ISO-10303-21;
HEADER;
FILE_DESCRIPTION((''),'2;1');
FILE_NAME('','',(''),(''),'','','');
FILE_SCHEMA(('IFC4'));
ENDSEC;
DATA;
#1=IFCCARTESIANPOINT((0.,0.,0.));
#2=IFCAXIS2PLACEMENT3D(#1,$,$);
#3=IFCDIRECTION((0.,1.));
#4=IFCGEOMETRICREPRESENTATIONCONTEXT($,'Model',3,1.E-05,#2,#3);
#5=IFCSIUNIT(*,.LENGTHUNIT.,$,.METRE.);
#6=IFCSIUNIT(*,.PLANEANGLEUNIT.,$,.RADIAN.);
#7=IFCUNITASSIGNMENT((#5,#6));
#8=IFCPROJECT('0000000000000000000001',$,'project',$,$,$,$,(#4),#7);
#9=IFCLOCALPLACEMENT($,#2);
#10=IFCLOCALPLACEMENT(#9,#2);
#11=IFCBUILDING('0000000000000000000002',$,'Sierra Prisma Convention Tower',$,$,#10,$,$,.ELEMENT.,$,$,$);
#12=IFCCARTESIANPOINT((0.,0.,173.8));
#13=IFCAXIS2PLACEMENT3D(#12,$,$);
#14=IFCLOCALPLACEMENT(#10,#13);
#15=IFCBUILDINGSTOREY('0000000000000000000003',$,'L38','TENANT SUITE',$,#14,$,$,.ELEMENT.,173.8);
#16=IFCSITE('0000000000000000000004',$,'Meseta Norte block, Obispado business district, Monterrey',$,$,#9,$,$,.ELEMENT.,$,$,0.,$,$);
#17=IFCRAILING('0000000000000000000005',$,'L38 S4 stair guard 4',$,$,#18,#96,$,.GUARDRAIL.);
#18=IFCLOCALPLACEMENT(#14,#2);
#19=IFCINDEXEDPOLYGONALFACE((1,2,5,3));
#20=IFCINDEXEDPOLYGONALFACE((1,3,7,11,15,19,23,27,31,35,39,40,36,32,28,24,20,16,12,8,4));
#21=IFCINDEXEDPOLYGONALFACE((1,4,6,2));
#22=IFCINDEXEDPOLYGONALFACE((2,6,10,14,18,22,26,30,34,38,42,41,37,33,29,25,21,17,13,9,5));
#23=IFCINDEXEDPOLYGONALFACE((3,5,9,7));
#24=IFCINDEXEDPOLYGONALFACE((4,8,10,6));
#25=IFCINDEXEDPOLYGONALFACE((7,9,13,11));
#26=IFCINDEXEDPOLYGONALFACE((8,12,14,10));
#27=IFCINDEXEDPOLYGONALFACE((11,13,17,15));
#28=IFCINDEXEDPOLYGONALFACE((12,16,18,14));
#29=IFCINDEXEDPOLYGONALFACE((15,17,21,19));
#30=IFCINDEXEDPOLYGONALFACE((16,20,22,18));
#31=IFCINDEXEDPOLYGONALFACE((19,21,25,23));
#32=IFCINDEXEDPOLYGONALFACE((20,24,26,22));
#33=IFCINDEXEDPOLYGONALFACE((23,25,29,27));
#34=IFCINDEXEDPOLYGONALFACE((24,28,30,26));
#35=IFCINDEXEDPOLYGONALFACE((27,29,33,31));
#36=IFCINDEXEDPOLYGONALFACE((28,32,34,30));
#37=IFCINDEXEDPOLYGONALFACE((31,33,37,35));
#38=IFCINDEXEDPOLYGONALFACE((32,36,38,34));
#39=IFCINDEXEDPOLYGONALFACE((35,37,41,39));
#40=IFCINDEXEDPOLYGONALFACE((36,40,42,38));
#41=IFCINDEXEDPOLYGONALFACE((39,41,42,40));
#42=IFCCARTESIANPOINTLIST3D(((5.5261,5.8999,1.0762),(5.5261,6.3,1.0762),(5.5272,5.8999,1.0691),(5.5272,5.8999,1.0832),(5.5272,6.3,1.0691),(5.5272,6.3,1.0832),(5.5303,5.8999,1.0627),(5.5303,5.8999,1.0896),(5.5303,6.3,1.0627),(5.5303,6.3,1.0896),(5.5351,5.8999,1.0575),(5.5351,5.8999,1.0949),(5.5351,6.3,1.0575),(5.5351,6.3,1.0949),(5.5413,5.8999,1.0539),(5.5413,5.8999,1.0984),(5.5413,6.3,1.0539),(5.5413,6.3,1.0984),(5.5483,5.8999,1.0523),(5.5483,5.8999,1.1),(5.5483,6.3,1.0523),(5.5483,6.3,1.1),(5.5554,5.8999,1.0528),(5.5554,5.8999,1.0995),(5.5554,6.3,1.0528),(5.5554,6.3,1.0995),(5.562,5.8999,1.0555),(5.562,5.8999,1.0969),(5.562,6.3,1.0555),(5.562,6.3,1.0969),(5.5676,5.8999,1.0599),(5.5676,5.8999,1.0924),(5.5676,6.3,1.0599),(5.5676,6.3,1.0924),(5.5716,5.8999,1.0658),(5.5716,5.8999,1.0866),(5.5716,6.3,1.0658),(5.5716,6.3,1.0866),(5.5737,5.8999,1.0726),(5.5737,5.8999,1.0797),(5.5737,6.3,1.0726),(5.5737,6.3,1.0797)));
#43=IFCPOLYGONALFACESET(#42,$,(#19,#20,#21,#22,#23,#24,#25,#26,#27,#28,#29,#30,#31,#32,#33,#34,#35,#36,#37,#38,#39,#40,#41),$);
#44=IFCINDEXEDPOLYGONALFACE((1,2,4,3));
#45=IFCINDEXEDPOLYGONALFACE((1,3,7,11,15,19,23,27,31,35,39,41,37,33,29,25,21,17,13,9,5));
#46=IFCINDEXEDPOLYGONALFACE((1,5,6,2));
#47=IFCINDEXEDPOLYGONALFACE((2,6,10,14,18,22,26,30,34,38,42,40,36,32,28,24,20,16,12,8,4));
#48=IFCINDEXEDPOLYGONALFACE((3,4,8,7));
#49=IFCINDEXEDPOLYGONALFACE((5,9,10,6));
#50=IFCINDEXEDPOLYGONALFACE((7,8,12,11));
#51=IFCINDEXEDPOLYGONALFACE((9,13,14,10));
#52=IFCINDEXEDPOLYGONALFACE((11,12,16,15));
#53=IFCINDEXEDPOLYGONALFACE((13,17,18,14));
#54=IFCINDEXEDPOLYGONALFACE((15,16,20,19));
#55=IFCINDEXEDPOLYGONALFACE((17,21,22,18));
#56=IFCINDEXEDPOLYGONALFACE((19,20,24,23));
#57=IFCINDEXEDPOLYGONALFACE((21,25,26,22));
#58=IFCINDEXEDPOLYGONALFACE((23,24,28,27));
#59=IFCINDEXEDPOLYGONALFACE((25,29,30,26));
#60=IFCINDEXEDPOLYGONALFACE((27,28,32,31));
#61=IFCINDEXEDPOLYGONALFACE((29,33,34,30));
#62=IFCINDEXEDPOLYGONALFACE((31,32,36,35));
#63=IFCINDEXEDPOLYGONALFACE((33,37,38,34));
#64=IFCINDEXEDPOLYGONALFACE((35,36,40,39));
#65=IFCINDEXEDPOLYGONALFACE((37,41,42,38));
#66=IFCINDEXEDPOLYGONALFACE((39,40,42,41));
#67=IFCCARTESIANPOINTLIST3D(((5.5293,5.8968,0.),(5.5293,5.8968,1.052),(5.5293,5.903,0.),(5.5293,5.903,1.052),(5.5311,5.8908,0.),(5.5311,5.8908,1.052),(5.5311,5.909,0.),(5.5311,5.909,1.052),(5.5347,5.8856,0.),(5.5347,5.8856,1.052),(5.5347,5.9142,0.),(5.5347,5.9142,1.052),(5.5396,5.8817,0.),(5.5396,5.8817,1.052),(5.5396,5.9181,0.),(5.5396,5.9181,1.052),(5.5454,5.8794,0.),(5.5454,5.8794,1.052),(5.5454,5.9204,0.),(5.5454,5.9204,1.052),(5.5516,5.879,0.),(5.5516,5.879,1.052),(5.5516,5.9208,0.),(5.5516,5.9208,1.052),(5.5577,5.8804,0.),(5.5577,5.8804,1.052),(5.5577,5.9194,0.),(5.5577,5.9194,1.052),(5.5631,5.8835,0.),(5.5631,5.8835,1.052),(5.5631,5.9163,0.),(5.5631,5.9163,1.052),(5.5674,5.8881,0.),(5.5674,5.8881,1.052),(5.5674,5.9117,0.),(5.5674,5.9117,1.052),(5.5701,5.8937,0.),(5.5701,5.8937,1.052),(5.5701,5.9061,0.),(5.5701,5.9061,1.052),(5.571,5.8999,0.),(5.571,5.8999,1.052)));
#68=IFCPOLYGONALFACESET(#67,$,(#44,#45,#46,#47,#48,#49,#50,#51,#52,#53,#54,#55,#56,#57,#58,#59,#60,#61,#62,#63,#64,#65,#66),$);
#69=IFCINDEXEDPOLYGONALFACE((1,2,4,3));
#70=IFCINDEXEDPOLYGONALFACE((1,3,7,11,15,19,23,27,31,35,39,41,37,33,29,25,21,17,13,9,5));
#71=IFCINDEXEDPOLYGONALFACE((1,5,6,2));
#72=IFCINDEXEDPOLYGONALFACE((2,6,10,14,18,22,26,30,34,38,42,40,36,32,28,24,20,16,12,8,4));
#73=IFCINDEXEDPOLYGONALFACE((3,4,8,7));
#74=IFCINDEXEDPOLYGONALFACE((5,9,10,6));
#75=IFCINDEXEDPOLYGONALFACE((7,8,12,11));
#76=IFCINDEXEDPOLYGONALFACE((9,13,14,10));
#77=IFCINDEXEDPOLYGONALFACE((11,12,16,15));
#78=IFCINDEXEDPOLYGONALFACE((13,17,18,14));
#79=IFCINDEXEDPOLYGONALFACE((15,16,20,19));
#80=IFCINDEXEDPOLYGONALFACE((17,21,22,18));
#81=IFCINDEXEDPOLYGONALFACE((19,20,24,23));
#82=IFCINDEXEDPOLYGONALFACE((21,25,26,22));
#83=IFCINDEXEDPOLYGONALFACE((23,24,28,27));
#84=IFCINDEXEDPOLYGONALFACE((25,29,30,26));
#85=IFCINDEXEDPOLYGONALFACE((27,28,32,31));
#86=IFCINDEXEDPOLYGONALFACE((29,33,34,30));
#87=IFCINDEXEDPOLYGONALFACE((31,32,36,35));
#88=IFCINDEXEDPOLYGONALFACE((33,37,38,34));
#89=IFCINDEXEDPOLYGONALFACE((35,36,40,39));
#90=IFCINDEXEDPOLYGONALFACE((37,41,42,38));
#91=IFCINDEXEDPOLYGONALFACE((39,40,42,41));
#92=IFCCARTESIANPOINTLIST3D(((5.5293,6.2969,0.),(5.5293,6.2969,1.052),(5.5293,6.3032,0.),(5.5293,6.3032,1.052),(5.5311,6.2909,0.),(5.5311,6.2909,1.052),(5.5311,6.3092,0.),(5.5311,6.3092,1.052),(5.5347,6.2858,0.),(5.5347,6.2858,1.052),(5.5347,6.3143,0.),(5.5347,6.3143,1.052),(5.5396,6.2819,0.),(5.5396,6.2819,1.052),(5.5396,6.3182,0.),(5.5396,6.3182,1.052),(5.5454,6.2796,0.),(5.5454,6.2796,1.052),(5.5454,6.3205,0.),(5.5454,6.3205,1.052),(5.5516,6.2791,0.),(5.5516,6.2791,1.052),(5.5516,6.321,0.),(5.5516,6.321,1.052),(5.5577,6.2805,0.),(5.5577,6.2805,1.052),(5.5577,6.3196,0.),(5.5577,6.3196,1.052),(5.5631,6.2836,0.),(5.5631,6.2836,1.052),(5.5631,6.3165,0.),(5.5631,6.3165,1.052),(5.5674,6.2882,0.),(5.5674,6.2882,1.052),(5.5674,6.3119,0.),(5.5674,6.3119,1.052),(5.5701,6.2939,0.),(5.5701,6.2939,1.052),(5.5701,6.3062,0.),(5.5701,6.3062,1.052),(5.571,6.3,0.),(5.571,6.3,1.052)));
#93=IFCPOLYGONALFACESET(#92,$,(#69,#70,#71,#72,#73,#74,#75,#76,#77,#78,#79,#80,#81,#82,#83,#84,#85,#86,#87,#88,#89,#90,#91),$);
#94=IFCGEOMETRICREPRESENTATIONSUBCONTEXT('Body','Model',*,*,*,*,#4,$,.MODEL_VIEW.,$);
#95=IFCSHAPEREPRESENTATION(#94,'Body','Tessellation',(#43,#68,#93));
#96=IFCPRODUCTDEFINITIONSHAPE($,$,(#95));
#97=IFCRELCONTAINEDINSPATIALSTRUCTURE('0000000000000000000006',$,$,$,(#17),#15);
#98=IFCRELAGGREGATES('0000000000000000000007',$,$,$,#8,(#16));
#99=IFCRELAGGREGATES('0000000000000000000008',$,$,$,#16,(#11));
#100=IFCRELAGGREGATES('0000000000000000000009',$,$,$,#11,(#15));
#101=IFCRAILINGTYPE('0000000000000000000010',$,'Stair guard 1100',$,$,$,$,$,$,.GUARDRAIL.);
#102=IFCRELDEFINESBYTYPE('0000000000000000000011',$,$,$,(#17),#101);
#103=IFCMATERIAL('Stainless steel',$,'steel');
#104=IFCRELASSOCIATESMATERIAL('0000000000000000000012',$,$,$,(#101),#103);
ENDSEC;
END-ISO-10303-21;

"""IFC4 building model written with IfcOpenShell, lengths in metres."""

from ifc_helpers import new_model, si_unit, direction, frame, origin, origin_2d, place, context, subcontext, project, spatial, circle, extrude, material, type_object, element, save


model = new_model("IFC4")

# Units and contexts
model_context = context("Model", 3, precision=1e-05, world=origin(), true_north=direction((0.0, 1.0)))
body_context = subcontext(model_context, "Body", "Model", "MODEL_VIEW")
ifc_project = project(units=[si_unit("LENGTHUNIT", "METRE"), si_unit("PLANEANGLEUNIT", "RADIAN")], contexts=[model_context])

# Site, building, storey
site_placement = place(None, origin())
site = spatial("IfcSite", under=ifc_project, at=site_placement, Name="Meseta Norte block, Obispado business district, Monterrey", CompositionType="ELEMENT", RefElevation=0.0)
building_placement = place(site_placement, origin())
building = spatial("IfcBuilding", under=site, at=building_placement, Name="Sierra Prisma Convention Tower", CompositionType="ELEMENT")
storey_placement = place(building_placement, frame((0.0, 0.0, 173.8)))
storey = spatial("IfcBuildingStorey", under=building, at=storey_placement, Name="L38", Description="TENANT SUITE", CompositionType="ELEMENT", Elevation=173.8)

# Railing
ifc_material_1 = material(Name="Stainless steel", Category="steel")
railing_type_1 = type_object("IfcRailingType", Name="Stair guard 1100", PredefinedType="GUARDRAIL", material=ifc_material_1)
railing_1_placement = place(storey_placement, frame((5.55, 5.8999, 0.0)))
element("IfcRailing", 1, at=railing_1_placement, inside=storey, type_object=railing_type_1, Name="L38 S4 stair guard 4", PredefinedType="GUARDRAIL", context=body_context, shape_type="SweptSolid", body=[
    extrude(circle(Radius=0.0239, at=origin_2d()), frame((0.0, 0.0, 1.0762), z_axis=(0.0, 1.0, 0.0), x_axis=(-1.0, 0.0, 0.0)), (0.0, 0.0, 1.0), 0.4001),
    extrude(circle(Radius=0.021, at=origin_2d()), origin(), (0.0, 0.0, 1.0), 1.052),
    extrude(circle(Radius=0.021, at=origin_2d()), frame((0.0, 0.4001, 0.0)), (0.0, 0.0, 1.0), 1.052),
])

save(model, "model.ifc")
